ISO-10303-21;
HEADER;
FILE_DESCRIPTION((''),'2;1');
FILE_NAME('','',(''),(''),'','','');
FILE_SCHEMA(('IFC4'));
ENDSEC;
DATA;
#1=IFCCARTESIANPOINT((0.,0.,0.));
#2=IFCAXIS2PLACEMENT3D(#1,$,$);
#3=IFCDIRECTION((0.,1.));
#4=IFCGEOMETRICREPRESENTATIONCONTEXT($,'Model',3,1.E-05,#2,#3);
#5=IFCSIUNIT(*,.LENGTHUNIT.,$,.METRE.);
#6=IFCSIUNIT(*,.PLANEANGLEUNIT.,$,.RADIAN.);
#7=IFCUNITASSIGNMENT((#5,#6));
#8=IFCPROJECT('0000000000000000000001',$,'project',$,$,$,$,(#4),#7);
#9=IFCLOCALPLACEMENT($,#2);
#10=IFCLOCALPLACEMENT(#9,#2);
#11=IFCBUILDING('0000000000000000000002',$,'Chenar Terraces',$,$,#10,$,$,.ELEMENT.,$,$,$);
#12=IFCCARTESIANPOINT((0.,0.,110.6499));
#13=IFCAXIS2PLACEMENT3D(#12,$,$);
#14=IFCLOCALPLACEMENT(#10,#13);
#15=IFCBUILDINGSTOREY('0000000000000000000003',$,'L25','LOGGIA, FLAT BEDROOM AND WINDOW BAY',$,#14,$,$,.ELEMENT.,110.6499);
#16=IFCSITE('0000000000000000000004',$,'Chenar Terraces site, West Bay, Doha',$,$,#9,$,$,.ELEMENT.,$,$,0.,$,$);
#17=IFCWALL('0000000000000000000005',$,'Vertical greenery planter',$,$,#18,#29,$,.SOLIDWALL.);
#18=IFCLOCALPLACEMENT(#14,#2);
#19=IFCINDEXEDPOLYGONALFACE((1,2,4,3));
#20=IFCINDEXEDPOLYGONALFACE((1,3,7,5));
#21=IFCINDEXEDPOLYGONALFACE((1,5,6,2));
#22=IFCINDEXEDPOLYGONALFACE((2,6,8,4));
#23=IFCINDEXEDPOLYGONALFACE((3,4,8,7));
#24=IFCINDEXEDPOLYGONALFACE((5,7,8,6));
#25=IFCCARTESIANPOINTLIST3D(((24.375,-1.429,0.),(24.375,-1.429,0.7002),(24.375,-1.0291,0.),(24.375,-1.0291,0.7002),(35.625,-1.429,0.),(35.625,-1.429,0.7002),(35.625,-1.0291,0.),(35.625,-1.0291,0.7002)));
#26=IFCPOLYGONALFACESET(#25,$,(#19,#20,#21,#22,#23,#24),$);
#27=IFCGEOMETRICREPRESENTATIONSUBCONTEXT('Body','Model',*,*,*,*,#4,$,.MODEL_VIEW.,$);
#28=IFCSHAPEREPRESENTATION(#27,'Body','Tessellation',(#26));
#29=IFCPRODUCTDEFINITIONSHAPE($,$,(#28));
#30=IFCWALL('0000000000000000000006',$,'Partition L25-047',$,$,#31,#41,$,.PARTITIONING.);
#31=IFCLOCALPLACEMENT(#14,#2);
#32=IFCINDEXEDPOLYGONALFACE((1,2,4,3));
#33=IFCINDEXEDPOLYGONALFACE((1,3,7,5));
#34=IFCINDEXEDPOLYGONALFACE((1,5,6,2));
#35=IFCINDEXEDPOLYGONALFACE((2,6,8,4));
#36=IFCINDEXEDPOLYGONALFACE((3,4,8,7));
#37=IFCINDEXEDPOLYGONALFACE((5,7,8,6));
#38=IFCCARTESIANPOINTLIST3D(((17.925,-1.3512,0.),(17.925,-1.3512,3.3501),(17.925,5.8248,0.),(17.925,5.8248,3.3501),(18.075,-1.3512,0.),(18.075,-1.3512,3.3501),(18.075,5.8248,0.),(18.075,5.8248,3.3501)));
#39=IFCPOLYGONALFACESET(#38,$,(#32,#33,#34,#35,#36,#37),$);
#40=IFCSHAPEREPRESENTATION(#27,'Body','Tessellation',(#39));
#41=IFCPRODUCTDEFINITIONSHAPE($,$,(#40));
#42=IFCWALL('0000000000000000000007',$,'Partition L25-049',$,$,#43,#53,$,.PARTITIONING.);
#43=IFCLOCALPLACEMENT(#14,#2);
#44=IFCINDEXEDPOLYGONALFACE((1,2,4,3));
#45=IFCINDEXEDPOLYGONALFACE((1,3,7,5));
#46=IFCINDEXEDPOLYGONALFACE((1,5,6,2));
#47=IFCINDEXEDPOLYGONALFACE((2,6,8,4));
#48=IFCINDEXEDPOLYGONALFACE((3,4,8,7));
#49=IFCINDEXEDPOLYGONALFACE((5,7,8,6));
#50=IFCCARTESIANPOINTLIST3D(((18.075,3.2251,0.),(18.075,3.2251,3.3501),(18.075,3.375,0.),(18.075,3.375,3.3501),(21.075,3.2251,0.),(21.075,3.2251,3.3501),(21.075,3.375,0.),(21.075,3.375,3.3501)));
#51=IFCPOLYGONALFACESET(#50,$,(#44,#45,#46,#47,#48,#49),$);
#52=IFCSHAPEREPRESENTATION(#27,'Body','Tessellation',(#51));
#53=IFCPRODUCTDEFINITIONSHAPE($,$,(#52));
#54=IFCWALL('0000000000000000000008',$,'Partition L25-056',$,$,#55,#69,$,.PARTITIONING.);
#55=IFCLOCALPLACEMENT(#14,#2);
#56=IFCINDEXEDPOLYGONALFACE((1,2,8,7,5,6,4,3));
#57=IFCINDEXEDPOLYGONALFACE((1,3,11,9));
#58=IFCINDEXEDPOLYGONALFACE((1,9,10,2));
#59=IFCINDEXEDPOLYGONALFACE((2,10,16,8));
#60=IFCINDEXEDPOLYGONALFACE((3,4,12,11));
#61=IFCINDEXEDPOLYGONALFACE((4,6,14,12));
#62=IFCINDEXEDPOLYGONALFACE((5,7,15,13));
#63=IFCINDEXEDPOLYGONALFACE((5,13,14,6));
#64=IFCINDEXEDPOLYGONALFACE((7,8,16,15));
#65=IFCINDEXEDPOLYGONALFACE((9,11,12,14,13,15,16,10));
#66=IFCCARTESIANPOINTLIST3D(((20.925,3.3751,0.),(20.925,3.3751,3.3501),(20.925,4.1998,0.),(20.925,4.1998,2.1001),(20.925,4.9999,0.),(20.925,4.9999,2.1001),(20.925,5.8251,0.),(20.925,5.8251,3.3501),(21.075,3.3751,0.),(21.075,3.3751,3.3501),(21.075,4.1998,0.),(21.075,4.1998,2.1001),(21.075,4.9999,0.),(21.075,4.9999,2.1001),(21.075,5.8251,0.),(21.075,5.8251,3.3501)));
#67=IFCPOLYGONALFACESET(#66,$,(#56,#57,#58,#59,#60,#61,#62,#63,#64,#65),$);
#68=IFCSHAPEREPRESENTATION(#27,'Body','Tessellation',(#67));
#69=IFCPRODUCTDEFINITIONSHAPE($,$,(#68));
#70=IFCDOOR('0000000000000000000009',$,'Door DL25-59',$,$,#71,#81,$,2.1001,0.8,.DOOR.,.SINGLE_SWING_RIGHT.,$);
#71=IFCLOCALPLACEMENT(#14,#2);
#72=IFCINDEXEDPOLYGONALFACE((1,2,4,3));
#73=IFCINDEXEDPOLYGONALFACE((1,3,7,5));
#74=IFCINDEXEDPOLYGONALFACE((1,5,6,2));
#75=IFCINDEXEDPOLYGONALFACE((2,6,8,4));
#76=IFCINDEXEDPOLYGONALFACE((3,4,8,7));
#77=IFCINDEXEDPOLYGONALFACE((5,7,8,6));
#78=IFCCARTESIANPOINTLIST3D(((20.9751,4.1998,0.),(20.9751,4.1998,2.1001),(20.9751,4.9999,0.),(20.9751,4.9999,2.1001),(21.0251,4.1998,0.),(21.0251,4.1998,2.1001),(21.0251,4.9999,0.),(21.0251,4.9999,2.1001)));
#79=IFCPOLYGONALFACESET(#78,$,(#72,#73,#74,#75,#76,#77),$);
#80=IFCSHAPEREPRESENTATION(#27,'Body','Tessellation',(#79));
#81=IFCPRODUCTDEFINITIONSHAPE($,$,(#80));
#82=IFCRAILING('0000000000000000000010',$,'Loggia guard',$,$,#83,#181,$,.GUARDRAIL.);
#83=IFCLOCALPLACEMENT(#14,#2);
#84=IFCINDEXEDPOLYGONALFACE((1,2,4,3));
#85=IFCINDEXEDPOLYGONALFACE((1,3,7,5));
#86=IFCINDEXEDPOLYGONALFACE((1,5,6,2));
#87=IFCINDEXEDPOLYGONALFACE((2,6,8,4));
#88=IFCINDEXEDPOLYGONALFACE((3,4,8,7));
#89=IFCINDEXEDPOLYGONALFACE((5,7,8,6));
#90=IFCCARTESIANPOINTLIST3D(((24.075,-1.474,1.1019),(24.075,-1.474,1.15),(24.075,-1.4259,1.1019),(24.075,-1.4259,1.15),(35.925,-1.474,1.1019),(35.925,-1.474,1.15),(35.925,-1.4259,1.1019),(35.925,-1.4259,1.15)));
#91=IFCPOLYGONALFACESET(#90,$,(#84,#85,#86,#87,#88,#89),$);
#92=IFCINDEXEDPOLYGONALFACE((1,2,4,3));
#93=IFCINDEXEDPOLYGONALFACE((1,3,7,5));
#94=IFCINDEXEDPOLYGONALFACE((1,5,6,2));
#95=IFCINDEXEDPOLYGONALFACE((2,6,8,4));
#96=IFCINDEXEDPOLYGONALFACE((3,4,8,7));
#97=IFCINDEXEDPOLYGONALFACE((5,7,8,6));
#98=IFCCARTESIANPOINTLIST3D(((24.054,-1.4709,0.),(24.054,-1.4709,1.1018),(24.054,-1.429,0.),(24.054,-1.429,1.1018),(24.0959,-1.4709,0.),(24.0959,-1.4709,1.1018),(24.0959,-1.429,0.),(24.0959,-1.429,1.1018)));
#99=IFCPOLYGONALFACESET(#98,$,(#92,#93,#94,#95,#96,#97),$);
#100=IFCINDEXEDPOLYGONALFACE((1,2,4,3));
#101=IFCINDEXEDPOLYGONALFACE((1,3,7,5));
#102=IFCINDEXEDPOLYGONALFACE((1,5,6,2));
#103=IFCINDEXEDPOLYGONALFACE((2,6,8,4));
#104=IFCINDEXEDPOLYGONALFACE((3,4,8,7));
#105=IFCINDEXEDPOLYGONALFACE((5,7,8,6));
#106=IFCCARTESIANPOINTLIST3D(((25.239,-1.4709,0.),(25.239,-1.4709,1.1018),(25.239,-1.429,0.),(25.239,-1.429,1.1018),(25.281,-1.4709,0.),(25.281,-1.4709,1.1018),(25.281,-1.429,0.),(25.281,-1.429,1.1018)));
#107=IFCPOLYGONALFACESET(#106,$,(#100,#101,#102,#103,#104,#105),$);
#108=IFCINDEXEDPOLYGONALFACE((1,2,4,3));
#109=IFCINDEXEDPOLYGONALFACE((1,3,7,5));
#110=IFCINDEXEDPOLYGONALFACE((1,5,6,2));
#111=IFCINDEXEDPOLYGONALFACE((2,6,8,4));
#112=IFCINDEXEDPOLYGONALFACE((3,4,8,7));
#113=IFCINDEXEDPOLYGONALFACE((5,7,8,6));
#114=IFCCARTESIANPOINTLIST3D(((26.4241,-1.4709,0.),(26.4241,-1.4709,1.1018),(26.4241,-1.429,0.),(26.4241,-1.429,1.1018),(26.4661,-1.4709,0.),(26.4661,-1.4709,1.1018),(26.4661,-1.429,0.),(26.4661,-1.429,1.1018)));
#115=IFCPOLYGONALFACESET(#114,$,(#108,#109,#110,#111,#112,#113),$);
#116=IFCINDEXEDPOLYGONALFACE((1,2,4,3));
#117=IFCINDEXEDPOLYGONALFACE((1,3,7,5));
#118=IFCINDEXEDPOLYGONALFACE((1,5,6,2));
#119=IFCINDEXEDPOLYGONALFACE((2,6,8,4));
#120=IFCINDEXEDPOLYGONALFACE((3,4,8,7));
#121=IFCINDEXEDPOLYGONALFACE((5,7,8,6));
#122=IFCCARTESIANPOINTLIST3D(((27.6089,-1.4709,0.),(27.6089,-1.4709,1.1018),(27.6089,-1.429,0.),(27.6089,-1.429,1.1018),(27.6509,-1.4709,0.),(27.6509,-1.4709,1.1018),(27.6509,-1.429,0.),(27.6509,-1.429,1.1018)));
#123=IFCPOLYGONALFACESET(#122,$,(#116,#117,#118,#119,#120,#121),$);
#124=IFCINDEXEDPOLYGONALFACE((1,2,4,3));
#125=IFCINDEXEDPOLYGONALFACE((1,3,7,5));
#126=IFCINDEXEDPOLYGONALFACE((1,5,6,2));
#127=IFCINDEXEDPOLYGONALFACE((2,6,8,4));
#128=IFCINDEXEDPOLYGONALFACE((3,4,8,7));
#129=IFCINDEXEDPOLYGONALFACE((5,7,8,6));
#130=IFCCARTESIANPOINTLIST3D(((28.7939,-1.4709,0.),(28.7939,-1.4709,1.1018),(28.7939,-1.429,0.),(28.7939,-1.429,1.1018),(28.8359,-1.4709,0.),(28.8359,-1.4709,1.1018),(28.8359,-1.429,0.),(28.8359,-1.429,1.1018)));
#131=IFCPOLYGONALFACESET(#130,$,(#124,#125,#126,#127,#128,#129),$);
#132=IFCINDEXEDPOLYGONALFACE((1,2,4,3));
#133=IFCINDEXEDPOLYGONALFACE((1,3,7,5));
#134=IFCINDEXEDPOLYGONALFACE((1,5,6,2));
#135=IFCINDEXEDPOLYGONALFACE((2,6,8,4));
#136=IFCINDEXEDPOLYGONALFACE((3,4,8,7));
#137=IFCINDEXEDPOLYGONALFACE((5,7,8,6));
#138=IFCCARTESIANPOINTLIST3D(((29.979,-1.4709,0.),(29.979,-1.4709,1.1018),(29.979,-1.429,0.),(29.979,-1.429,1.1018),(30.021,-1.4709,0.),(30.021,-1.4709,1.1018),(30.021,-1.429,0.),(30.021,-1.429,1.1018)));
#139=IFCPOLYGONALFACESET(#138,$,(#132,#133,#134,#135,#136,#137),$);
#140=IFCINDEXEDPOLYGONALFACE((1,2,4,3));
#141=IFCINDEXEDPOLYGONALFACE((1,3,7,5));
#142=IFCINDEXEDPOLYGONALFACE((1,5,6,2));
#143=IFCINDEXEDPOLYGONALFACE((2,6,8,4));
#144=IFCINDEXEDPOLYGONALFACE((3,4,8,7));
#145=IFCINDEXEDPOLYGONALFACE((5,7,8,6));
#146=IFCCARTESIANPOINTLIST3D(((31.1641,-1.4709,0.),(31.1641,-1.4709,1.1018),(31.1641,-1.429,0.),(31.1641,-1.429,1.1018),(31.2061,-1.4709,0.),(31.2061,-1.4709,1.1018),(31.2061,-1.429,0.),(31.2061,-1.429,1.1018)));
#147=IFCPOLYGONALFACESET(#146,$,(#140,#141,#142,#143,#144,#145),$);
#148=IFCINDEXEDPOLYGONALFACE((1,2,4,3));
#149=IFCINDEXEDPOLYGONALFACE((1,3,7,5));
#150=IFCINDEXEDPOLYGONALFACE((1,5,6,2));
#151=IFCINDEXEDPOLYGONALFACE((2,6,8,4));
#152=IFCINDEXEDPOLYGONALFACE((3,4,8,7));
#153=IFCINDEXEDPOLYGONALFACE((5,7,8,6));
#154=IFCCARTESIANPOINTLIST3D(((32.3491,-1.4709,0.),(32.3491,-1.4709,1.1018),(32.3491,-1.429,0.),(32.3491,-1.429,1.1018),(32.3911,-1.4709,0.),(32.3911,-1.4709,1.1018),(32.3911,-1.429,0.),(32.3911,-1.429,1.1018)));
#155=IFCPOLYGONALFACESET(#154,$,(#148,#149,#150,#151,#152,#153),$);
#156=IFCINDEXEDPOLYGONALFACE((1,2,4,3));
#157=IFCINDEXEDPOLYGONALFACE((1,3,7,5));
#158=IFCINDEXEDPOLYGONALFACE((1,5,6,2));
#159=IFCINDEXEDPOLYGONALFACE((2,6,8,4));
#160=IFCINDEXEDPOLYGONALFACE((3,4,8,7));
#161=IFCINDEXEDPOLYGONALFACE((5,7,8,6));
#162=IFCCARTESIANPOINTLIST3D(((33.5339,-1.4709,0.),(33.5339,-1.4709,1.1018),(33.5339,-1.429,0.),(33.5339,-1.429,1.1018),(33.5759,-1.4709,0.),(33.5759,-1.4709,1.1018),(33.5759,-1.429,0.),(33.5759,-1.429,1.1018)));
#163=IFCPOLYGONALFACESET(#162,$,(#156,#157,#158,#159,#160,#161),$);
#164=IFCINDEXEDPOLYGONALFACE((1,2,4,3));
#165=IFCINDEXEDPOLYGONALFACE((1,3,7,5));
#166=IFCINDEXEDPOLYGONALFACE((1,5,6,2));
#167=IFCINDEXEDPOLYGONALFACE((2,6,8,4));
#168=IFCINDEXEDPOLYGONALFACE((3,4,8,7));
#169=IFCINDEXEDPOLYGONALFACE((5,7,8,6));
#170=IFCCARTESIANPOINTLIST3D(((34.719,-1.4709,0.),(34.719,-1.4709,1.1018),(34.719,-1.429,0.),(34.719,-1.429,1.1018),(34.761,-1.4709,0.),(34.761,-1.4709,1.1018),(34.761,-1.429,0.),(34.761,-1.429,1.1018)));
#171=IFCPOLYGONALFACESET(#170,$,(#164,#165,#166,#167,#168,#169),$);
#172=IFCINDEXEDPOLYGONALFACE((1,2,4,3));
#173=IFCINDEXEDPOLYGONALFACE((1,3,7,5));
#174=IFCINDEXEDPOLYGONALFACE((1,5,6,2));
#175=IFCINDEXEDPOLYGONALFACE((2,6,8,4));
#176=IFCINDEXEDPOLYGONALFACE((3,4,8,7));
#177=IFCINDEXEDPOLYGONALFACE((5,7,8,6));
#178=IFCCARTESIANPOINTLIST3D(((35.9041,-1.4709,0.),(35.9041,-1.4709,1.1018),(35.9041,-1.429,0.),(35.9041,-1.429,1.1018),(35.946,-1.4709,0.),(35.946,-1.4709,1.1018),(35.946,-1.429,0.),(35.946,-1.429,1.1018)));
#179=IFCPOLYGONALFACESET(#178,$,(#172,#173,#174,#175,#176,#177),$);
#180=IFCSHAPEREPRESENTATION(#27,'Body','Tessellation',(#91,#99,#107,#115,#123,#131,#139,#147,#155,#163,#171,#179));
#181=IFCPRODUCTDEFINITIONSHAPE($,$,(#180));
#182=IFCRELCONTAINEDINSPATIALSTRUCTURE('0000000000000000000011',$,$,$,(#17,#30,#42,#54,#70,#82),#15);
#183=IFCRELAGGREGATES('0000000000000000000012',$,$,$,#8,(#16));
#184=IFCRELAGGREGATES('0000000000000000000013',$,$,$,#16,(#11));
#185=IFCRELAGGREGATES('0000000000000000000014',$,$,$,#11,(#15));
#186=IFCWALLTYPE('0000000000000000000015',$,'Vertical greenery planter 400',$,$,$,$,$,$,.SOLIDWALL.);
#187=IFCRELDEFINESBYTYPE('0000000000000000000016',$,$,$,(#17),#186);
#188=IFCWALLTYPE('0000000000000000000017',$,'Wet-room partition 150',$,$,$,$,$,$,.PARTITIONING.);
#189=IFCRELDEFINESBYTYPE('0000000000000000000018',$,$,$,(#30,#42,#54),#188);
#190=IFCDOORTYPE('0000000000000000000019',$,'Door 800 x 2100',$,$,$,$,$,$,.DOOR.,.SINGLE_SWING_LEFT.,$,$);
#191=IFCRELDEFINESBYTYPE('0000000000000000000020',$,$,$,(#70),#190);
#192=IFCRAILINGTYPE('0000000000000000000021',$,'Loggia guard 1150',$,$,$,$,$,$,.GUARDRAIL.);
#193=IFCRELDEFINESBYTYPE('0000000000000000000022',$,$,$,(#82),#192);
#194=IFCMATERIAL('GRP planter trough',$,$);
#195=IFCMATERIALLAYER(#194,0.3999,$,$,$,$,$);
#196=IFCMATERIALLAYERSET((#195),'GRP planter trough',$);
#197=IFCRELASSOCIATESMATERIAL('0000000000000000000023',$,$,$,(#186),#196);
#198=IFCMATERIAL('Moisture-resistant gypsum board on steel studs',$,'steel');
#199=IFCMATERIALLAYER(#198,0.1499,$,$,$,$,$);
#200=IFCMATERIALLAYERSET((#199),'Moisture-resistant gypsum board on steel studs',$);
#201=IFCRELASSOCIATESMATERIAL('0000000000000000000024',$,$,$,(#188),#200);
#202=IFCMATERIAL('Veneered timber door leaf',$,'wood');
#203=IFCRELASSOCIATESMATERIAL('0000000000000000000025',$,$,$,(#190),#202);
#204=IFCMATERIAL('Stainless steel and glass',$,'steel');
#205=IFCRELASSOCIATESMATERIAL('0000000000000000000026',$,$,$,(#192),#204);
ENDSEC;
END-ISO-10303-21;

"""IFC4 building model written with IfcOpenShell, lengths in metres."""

from ifc_helpers import new_model, si_unit, direction, frame, frame_2d, origin, origin_2d, place, context, subcontext, project, spatial, rectangle, extrude, material, layer, layer_set, type_object, element, fill, save


model = new_model("IFC4")

# Units and contexts
model_context = context("Model", 3, precision=1e-05, world=origin(), true_north=direction((0.0, 1.0)))
body_context = subcontext(model_context, "Body", "Model", "MODEL_VIEW")
ifc_project = project(units=[si_unit("LENGTHUNIT", "METRE"), si_unit("PLANEANGLEUNIT", "RADIAN")], contexts=[model_context])

# Site, building, storey
site_placement = place(None, origin())
site = spatial("IfcSite", under=ifc_project, at=site_placement, Name="Chenar Terraces site, West Bay, Doha", CompositionType="ELEMENT", RefElevation=0.0)
building_placement = place(site_placement, origin())
building = spatial("IfcBuilding", under=site, at=building_placement, Name="Chenar Terraces", CompositionType="ELEMENT")
storey_placement = place(building_placement, frame((0.0, 0.0, 110.6499)))
storey = spatial("IfcBuildingStorey", under=building, at=storey_placement, Name="L25", Description="LOGGIA, FLAT BEDROOM AND WINDOW BAY", CompositionType="ELEMENT", Elevation=110.6499)

# Walls
ifc_material_1 = material(Name="GRP planter trough")
ifc_layer_1 = layer(ifc_material_1, 0.3999)
ifc_layer_set_1 = layer_set([ifc_layer_1], Name="GRP planter trough")
wall_type_1 = type_object("IfcWallType", Name="Vertical greenery planter 400", PredefinedType="SOLIDWALL", material=ifc_layer_set_1)
wall_1_placement = place(storey_placement, frame((24.375, -1.229, 0.0), z_axis=(0.0, 0.0, 1.0), x_axis=(1.0, 0.0, 0.0)))
element("IfcWall", 1, at=wall_1_placement, inside=storey, type_object=wall_type_1, Name="Vertical greenery planter", PredefinedType="SOLIDWALL", context=body_context, shape_type="SweptSolid", body=[
    extrude(rectangle(XDim=11.25, YDim=0.3999, at=frame_2d((5.625, 0.0))), origin(), (0.0, 0.0, 1.0), 0.7002),
])
ifc_material_2 = material(Name="Moisture-resistant gypsum board on steel studs", Category="steel")
ifc_layer_2 = layer(ifc_material_2, 0.1499)
ifc_layer_set_2 = layer_set([ifc_layer_2], Name="Moisture-resistant gypsum board on steel studs")
wall_type_2 = type_object("IfcWallType", Name="Wet-room partition 150", PredefinedType="PARTITIONING", material=ifc_layer_set_2)
wall_2_placement = place(storey_placement, frame((18.0, -1.3511, 0.0), z_axis=(0.0, 0.0, 1.0), x_axis=(0.0, 1.0, 0.0)))
element("IfcWall", 2, at=wall_2_placement, inside=storey, type_object=wall_type_2, Name="Partition L25-047", PredefinedType="PARTITIONING", context=body_context, shape_type="SweptSolid", body=[
    extrude(rectangle(XDim=7.176, YDim=0.1499, at=frame_2d((3.5879, 0.0))), origin(), (0.0, 0.0, 1.0), 3.3501),
])
wall_3_placement = place(storey_placement, frame((18.075, 3.3, 0.0), z_axis=(0.0, 0.0, 1.0), x_axis=(1.0, 0.0, 0.0)))
element("IfcWall", 3, at=wall_3_placement, inside=storey, type_object=wall_type_2, Name="Partition L25-049", PredefinedType="PARTITIONING", context=body_context, shape_type="SweptSolid", body=[
    extrude(rectangle(XDim=3.0, YDim=0.1499, at=frame_2d((1.5, 0.0))), origin(), (0.0, 0.0, 1.0), 3.3501),
])

# Wall, opening, door
wall_4_placement = place(storey_placement, frame((21.0, 3.375, 0.0), z_axis=(0.0, 0.0, 1.0), x_axis=(0.0, 1.0, 0.0)))
wall_4 = element("IfcWall", 4, at=wall_4_placement, inside=storey, type_object=wall_type_2, Name="Partition L25-056", PredefinedType="PARTITIONING", context=body_context, shape_type="SweptSolid", body=[
    extrude(rectangle(XDim=2.45, YDim=0.1499, at=frame_2d((1.2251, 0.0))), origin(), (0.0, 0.0, 1.0), 3.3501),
])
opening_1_placement = place(wall_4_placement, frame((0.825, 0.0, 0.0)))
opening_1 = element("IfcOpeningElement", 5, at=opening_1_placement, cuts=wall_4, PredefinedType="OPENING", context=body_context, shape_type="SweptSolid", body=[
    extrude(rectangle(XDim=0.8, YDim=2.1001, at=frame_2d((0.3999, 1.05))), frame((0.0, 0.085, 0.0), z_axis=(0.0, -1.0, 0.0), x_axis=(1.0, 0.0, 0.0)), (0.0, 0.0, 1.0), 0.1699),
])
ifc_material_3 = material(Name="Veneered timber door leaf", Category="wood")
door_type_1 = type_object("IfcDoorType", Name="Door 800 x 2100", OperationType="SINGLE_SWING_LEFT", PredefinedType="DOOR", material=ifc_material_3)
door_1_placement = place(opening_1_placement, origin())
door_1 = element("IfcDoor", 6, at=door_1_placement, inside=storey, type_object=door_type_1, Name="Door DL25-59", OperationType="SINGLE_SWING_RIGHT", OverallHeight=2.1001, OverallWidth=0.8, PredefinedType="DOOR", context=body_context, shape_type="SweptSolid", body=[
    extrude(rectangle(XDim=0.8, YDim=2.1001, at=frame_2d((0.3999, 1.05))), frame((0.0, 0.0249, 0.0), z_axis=(0.0, -1.0, 0.0), x_axis=(1.0, 0.0, 0.0)), (0.0, 0.0, 1.0), 0.05),
])
fill(opening_1, door_1)

# Railing
ifc_material_4 = material(Name="Stainless steel and glass", Category="steel")
railing_type = type_object("IfcRailingType", Name="Loggia guard 1150", PredefinedType="GUARDRAIL", material=ifc_material_4)
railing_placement = place(storey_placement, frame((24.075, -1.45, 0.0)))
element("IfcRailing", 7, at=railing_placement, inside=storey, type_object=railing_type, Name="Loggia guard", PredefinedType="GUARDRAIL", context=body_context, shape_type="SweptSolid", body=[
    extrude(rectangle(XDim=0.0481, YDim=0.0481, at=origin_2d()), frame((0.0, 0.0, 1.126), z_axis=(1.0, 0.0, 0.0), x_axis=(0.0, 1.0, 0.0)), (0.0, 0.0, 1.0), 11.8501),
    extrude(rectangle(XDim=0.042, YDim=0.042, at=origin_2d()), origin(), (0.0, 0.0, 1.0), 1.1018),
    extrude(rectangle(XDim=0.042, YDim=0.042, at=origin_2d()), frame((1.1851, 0.0, 0.0)), (0.0, 0.0, 1.0), 1.1018),
    extrude(rectangle(XDim=0.042, YDim=0.042, at=origin_2d()), frame((2.3701, 0.0, 0.0)), (0.0, 0.0, 1.0), 1.1018),
    extrude(rectangle(XDim=0.042, YDim=0.042, at=origin_2d()), frame((3.5549, 0.0, 0.0)), (0.0, 0.0, 1.0), 1.1018),
    extrude(rectangle(XDim=0.042, YDim=0.042, at=origin_2d()), frame((4.74, 0.0, 0.0)), (0.0, 0.0, 1.0), 1.1018),
    extrude(rectangle(XDim=0.042, YDim=0.042, at=origin_2d()), frame((5.925, 0.0, 0.0)), (0.0, 0.0, 1.0), 1.1018),
    extrude(rectangle(XDim=0.042, YDim=0.042, at=origin_2d()), frame((7.1101, 0.0, 0.0)), (0.0, 0.0, 1.0), 1.1018),
    extrude(rectangle(XDim=0.042, YDim=0.042, at=origin_2d()), frame((8.2952, 0.0, 0.0)), (0.0, 0.0, 1.0), 1.1018),
    extrude(rectangle(XDim=0.042, YDim=0.042, at=origin_2d()), frame((9.48, 0.0, 0.0)), (0.0, 0.0, 1.0), 1.1018),
    extrude(rectangle(XDim=0.042, YDim=0.042, at=origin_2d()), frame((10.665, 0.0, 0.0)), (0.0, 0.0, 1.0), 1.1018),
    extrude(rectangle(XDim=0.042, YDim=0.042, at=origin_2d()), frame((11.8501, 0.0, 0.0)), (0.0, 0.0, 1.0), 1.1018),
])

save(model, "model.ifc")
